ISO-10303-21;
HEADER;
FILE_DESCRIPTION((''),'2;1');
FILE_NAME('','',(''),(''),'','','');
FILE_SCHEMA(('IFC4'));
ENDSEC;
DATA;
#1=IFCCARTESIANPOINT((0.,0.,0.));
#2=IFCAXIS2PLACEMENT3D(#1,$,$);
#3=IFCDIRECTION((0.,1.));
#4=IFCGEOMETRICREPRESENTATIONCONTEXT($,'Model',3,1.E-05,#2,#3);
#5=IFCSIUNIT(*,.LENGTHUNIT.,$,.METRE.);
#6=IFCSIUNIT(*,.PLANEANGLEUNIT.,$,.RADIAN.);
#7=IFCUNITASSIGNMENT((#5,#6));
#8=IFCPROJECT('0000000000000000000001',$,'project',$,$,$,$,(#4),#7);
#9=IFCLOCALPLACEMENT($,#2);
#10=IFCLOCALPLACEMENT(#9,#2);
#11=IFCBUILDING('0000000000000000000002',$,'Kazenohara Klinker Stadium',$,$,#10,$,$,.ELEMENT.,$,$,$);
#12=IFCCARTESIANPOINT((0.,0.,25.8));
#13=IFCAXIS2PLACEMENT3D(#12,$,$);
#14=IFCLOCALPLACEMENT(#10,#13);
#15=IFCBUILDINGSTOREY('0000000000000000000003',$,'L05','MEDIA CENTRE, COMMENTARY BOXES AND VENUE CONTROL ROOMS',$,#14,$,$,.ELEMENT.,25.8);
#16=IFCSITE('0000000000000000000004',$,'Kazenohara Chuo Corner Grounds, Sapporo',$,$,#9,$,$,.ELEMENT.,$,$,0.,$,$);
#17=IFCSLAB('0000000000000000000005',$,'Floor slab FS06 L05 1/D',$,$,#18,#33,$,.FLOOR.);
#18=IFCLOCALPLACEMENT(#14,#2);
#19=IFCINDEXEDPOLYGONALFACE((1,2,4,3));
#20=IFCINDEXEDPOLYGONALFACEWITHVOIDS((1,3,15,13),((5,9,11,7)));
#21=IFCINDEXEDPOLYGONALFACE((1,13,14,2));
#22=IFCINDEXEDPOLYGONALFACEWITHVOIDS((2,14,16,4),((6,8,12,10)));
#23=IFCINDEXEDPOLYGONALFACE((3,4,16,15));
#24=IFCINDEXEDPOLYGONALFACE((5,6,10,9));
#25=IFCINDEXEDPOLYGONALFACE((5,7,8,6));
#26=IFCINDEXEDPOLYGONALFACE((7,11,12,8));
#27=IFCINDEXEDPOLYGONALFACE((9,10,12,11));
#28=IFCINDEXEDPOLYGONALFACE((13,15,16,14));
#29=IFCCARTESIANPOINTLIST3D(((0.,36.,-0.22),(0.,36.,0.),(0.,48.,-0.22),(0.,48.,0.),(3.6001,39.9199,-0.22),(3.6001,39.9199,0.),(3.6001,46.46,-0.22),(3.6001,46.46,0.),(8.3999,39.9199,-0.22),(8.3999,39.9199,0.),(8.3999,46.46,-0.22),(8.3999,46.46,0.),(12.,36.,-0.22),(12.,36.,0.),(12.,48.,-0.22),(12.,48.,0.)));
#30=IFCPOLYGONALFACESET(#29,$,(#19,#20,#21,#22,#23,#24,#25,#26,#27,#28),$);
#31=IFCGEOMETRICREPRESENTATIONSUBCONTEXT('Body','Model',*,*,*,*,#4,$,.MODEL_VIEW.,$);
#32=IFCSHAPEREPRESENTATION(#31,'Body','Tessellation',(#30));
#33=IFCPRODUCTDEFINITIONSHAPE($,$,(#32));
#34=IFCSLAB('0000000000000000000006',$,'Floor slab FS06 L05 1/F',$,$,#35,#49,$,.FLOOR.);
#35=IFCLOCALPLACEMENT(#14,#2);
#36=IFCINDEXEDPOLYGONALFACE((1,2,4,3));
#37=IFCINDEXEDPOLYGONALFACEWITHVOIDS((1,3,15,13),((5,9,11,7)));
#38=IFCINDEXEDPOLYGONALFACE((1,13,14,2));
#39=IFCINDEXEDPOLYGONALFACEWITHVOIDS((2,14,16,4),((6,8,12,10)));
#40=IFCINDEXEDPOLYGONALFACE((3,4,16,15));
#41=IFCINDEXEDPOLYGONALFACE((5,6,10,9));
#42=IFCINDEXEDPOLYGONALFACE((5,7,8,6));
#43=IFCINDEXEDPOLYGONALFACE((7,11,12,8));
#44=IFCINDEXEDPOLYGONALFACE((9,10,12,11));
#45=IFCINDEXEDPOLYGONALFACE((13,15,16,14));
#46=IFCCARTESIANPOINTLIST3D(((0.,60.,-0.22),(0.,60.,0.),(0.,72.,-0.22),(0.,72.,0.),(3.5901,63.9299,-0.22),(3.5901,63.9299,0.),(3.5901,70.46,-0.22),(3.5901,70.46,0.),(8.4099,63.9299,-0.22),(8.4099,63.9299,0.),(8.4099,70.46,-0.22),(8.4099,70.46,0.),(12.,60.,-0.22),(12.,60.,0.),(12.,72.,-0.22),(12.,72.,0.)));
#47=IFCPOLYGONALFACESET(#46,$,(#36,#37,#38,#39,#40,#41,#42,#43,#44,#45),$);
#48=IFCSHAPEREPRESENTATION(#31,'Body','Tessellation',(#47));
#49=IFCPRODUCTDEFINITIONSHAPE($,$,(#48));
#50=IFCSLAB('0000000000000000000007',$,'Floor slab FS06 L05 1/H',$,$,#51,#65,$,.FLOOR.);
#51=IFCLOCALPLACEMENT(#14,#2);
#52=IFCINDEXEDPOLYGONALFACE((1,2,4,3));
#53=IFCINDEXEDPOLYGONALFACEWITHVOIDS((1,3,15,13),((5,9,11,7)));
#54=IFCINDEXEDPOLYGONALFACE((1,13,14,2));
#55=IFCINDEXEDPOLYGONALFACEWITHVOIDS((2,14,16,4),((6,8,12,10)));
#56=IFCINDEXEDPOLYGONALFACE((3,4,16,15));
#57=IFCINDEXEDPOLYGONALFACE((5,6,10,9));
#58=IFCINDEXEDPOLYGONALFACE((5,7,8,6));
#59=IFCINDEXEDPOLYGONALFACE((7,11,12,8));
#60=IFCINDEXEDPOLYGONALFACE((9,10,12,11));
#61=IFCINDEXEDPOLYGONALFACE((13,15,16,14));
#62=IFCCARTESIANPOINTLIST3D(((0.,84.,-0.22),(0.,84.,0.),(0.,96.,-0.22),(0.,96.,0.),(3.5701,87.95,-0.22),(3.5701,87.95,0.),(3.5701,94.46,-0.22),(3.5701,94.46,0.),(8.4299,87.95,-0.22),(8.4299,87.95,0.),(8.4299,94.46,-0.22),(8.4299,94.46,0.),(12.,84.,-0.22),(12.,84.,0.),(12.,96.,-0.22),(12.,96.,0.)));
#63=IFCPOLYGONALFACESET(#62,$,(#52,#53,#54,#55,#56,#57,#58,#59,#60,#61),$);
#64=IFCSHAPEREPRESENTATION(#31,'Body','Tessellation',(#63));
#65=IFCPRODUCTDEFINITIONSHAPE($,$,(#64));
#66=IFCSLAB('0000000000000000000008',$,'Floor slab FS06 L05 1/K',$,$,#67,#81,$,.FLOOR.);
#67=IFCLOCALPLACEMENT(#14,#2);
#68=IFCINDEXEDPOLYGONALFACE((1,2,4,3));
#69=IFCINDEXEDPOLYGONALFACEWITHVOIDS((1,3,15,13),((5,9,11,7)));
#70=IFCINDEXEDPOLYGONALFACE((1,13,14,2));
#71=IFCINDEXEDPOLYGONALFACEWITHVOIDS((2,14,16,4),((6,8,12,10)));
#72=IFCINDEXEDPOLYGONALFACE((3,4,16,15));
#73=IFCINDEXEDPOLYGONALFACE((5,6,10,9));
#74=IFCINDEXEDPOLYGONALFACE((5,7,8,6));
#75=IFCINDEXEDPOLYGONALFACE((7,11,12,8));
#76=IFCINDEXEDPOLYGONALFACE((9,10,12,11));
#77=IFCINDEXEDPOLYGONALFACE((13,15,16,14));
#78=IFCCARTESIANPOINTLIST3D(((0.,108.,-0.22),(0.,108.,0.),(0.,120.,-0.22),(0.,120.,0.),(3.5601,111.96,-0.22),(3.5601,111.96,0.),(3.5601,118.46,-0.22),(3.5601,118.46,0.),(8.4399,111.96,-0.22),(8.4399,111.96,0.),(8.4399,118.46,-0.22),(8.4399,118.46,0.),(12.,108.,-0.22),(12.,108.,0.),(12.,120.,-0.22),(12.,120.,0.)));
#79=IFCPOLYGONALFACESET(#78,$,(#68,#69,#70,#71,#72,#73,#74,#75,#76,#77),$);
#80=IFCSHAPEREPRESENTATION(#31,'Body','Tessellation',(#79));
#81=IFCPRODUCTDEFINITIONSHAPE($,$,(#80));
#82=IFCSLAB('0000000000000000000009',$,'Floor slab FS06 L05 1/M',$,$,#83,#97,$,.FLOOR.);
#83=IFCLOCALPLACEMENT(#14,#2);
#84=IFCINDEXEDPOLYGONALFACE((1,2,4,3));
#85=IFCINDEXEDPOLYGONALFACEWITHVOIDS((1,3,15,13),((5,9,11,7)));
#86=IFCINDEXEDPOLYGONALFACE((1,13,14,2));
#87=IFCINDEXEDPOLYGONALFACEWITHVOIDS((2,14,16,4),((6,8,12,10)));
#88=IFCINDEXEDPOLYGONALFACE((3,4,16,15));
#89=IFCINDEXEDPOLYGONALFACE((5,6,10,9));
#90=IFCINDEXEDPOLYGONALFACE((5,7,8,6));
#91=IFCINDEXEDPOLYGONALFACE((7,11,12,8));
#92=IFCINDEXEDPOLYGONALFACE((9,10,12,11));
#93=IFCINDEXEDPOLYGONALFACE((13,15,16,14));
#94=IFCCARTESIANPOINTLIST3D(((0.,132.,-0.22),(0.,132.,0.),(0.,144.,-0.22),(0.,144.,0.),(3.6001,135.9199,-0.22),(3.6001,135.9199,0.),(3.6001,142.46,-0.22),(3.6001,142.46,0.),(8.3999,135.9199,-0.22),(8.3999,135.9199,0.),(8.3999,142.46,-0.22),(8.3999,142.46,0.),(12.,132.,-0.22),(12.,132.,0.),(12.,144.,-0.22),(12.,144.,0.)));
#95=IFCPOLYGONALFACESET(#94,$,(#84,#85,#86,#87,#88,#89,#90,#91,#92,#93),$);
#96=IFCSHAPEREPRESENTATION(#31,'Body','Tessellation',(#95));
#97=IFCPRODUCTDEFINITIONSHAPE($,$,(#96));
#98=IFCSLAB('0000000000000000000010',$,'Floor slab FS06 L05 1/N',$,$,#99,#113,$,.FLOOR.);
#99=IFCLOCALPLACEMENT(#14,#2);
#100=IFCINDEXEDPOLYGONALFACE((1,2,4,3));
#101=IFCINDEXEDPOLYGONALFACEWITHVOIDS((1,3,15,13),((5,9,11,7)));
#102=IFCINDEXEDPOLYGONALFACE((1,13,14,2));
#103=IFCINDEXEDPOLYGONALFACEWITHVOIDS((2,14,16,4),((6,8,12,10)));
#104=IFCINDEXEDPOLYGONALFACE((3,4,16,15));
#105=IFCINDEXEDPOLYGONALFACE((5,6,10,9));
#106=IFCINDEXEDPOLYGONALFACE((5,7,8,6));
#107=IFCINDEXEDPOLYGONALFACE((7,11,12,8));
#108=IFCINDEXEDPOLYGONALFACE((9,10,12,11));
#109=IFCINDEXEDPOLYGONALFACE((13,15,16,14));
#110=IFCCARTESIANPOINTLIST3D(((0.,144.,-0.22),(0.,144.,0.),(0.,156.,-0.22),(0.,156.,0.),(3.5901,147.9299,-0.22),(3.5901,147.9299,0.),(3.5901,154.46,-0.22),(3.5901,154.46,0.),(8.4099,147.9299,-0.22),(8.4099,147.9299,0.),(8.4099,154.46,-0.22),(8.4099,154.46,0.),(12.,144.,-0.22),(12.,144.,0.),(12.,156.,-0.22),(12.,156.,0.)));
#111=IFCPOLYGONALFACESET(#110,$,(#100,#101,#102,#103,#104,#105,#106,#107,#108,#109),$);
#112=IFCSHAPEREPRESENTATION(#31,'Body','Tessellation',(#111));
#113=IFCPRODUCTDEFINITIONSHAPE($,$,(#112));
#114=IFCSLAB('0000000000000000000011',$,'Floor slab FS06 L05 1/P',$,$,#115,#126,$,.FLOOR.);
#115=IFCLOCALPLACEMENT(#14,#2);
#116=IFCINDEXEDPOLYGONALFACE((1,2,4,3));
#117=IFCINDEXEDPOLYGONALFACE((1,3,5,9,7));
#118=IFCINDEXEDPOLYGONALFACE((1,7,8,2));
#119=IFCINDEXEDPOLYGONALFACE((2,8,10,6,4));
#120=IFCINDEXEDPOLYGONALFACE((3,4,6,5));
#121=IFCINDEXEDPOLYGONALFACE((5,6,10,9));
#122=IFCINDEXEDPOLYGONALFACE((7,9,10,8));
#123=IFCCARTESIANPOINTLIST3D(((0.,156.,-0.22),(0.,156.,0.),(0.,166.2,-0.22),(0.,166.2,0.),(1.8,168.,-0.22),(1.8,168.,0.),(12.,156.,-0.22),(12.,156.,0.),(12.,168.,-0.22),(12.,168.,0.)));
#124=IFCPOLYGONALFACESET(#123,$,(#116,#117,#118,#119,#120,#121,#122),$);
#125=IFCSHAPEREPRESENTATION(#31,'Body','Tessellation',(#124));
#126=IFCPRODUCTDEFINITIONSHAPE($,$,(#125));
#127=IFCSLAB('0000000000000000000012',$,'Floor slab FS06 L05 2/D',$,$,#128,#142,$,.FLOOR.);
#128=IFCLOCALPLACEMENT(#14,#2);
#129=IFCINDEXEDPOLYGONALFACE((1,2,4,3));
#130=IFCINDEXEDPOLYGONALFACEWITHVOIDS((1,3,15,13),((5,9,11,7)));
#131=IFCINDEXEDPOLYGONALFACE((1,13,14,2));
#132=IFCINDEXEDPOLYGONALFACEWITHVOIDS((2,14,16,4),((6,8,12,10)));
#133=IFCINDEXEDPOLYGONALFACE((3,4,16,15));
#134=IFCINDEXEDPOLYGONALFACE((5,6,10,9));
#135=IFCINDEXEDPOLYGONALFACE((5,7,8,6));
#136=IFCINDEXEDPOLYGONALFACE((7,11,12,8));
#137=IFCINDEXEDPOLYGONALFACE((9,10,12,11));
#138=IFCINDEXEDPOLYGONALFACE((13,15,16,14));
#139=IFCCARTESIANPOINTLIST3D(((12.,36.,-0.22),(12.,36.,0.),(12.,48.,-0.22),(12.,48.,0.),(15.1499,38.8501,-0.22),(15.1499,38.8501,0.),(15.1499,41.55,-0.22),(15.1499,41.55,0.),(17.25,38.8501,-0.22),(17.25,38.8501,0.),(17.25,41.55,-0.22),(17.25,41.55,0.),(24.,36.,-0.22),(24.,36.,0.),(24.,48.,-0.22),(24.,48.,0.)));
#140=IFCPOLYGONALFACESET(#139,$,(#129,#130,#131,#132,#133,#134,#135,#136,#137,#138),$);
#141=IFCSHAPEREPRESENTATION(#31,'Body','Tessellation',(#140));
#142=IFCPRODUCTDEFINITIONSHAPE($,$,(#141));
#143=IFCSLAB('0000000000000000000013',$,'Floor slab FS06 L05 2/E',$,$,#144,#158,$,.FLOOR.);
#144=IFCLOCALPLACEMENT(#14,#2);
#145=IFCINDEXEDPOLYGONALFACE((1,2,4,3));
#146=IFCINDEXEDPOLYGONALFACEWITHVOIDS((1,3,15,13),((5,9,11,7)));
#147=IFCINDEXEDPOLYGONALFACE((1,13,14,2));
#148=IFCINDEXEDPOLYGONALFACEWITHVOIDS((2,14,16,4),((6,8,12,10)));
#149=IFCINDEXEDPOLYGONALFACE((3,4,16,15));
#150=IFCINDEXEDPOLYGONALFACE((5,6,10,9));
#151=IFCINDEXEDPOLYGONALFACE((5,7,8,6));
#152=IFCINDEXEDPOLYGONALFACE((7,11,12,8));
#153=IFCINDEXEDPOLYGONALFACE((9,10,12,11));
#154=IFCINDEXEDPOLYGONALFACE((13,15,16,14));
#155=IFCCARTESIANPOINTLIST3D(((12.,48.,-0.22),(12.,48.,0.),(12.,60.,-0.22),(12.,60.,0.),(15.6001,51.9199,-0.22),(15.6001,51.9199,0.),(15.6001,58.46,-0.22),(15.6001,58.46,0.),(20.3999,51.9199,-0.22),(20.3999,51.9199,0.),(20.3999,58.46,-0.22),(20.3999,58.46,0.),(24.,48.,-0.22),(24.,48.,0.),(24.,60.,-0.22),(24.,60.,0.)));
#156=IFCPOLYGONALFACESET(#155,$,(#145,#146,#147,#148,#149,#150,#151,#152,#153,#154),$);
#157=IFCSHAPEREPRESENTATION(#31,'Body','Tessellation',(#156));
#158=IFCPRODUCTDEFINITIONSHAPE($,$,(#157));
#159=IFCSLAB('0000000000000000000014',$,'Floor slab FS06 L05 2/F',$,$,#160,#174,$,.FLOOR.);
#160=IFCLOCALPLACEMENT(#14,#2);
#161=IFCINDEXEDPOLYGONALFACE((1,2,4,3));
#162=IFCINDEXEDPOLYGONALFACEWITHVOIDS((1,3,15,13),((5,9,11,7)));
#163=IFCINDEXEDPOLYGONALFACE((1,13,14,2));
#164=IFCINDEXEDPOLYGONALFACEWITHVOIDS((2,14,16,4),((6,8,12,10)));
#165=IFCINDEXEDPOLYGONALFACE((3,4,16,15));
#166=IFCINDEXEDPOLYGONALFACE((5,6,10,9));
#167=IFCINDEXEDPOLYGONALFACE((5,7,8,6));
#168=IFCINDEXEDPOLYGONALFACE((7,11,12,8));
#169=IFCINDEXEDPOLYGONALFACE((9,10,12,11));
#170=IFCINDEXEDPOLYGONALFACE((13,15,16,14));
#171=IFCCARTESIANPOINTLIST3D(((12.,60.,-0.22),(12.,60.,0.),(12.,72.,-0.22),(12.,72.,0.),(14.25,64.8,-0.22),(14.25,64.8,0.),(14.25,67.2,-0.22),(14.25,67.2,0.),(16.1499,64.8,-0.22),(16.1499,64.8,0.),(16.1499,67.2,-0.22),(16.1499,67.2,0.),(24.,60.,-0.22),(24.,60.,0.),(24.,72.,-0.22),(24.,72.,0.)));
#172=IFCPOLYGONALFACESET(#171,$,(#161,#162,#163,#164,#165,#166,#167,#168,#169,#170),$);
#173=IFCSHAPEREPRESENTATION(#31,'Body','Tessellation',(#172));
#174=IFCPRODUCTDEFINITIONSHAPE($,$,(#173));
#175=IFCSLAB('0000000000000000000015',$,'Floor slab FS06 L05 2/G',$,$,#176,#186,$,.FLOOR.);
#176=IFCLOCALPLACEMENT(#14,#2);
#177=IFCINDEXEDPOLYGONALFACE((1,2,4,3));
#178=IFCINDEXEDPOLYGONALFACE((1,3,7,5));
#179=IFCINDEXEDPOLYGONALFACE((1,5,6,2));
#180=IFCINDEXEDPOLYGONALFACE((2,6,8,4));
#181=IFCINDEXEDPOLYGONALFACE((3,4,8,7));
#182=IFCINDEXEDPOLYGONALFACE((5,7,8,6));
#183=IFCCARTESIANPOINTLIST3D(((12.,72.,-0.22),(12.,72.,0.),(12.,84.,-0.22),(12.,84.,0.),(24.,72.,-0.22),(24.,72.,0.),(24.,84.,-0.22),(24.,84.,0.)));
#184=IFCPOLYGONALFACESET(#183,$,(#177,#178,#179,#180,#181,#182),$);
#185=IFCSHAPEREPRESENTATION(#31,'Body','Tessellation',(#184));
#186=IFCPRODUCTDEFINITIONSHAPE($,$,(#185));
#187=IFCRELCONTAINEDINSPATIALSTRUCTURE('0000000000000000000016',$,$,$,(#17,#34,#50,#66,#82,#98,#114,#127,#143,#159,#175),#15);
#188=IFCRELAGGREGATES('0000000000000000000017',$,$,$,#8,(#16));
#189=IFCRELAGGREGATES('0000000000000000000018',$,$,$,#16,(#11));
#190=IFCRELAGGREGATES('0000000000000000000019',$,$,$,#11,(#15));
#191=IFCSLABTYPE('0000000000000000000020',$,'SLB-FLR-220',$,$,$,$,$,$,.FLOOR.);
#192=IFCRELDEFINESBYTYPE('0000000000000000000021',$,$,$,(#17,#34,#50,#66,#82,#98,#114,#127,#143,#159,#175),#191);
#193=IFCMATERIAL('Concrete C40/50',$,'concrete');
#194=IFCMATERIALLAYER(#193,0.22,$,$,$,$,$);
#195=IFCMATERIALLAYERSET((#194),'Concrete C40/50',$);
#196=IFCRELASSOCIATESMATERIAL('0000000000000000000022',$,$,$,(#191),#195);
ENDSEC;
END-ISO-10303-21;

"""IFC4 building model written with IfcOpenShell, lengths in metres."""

from ifc_helpers import new_model, si_unit, direction, frame, origin, place, context, subcontext, project, spatial, polyline, outline, extrude, material, layer, layer_set, type_object, element, save


model = new_model("IFC4")

# Units and contexts
model_context = context("Model", 3, precision=1e-05, world=origin(), true_north=direction((0.0, 1.0)))
body_context = subcontext(model_context, "Body", "Model", "MODEL_VIEW")
ifc_project = project(units=[si_unit("LENGTHUNIT", "METRE"), si_unit("PLANEANGLEUNIT", "RADIAN")], contexts=[model_context])

# Site, building, storey
site_placement = place(None, origin())
site = spatial("IfcSite", under=ifc_project, at=site_placement, Name="Kazenohara Chuo Corner Grounds, Sapporo", CompositionType="ELEMENT", RefElevation=0.0)
building_placement = place(site_placement, origin())
building = spatial("IfcBuilding", under=site, at=building_placement, Name="Kazenohara Klinker Stadium", CompositionType="ELEMENT")
storey_placement = place(building_placement, frame((0.0, 0.0, 25.8)))
storey = spatial("IfcBuildingStorey", under=building, at=storey_placement, Name="L05", Description="MEDIA CENTRE, COMMENTARY BOXES AND VENUE CONTROL ROOMS", CompositionType="ELEMENT", Elevation=25.8)

# Slabs
ifc_material = material(Name="Concrete C40/50", Category="concrete")
ifc_layer = layer(ifc_material, 0.22)
ifc_layer_set = layer_set([ifc_layer], Name="Concrete C40/50")
slab_type = type_object("IfcSlabType", Name="SLB-FLR-220", PredefinedType="FLOOR", material=ifc_layer_set)
slab_1_placement = place(storey_placement, frame((0.0, 0.0, -0.22)))
element("IfcSlab", 1, at=slab_1_placement, inside=storey, type_object=slab_type, Name="Floor slab FS06 L05 1/D", PredefinedType="FLOOR", context=body_context, shape_type="SweptSolid", body=[
    extrude(outline(polyline([(0.0, 36.0), (12.0, 36.0), (12.0, 48.0), (0.0, 48.0), (0.0, 36.0)]), holes=[polyline([(8.3999, 39.9199), (8.3999, 46.46), (3.6001, 46.46), (3.6001, 39.9199), (8.3999, 39.9199)])]), origin(), (0.0, 0.0, 1.0), 0.22),
])
slab_2_placement = place(storey_placement, frame((0.0, 0.0, -0.22)))
element("IfcSlab", 2, at=slab_2_placement, inside=storey, type_object=slab_type, Name="Floor slab FS06 L05 1/F", PredefinedType="FLOOR", context=body_context, shape_type="SweptSolid", body=[
    extrude(outline(polyline([(0.0, 60.0), (12.0, 60.0), (12.0, 72.0), (0.0, 72.0), (0.0, 60.0)]), holes=[polyline([(8.4099, 63.9299), (8.4099, 70.46), (3.5901, 70.46), (3.5901, 63.9299), (8.4099, 63.9299)])]), origin(), (0.0, 0.0, 1.0), 0.22),
])
slab_3_placement = place(storey_placement, frame((0.0, 0.0, -0.22)))
element("IfcSlab", 3, at=slab_3_placement, inside=storey, type_object=slab_type, Name="Floor slab FS06 L05 1/H", PredefinedType="FLOOR", context=body_context, shape_type="SweptSolid", body=[
    extrude(outline(polyline([(0.0, 84.0), (12.0, 84.0), (12.0, 96.0), (0.0, 96.0), (0.0, 84.0)]), holes=[polyline([(8.4299, 87.95), (8.4299, 94.46), (3.5701, 94.46), (3.5701, 87.95), (8.4299, 87.95)])]), origin(), (0.0, 0.0, 1.0), 0.22),
])
slab_4_placement = place(storey_placement, frame((0.0, 0.0, -0.22)))
element("IfcSlab", 4, at=slab_4_placement, inside=storey, type_object=slab_type, Name="Floor slab FS06 L05 1/K", PredefinedType="FLOOR", context=body_context, shape_type="SweptSolid", body=[
    extrude(outline(polyline([(0.0, 108.0), (12.0, 108.0), (12.0, 120.0), (0.0, 120.0), (0.0, 108.0)]), holes=[polyline([(8.4399, 111.96), (8.4399, 118.46), (3.5601, 118.46), (3.5601, 111.96), (8.4399, 111.96)])]), origin(), (0.0, 0.0, 1.0), 0.22),
])
slab_5_placement = place(storey_placement, frame((0.0, 0.0, -0.22)))
element("IfcSlab", 5, at=slab_5_placement, inside=storey, type_object=slab_type, Name="Floor slab FS06 L05 1/M", PredefinedType="FLOOR", context=body_context, shape_type="SweptSolid", body=[
    extrude(outline(polyline([(0.0, 132.0), (12.0, 132.0), (12.0, 144.0), (0.0, 144.0), (0.0, 132.0)]), holes=[polyline([(8.3999, 135.9199), (8.3999, 142.46), (3.6001, 142.46), (3.6001, 135.9199), (8.3999, 135.9199)])]), origin(), (0.0, 0.0, 1.0), 0.22),
])
slab_6_placement = place(storey_placement, frame((0.0, 0.0, -0.22)))
element("IfcSlab", 6, at=slab_6_placement, inside=storey, type_object=slab_type, Name="Floor slab FS06 L05 1/N", PredefinedType="FLOOR", context=body_context, shape_type="SweptSolid", body=[
    extrude(outline(polyline([(0.0, 144.0), (12.0, 144.0), (12.0, 156.0), (0.0, 156.0), (0.0, 144.0)]), holes=[polyline([(8.4099, 147.9299), (8.4099, 154.46), (3.5901, 154.46), (3.5901, 147.9299), (8.4099, 147.9299)])]), origin(), (0.0, 0.0, 1.0), 0.22),
])
slab_7_placement = place(storey_placement, frame((0.0, 0.0, -0.22)))
element("IfcSlab", 7, at=slab_7_placement, inside=storey, type_object=slab_type, Name="Floor slab FS06 L05 1/P", PredefinedType="FLOOR", context=body_context, shape_type="SweptSolid", body=[
    extrude(outline(polyline([(0.0, 156.0), (12.0, 156.0), (12.0, 168.0), (1.8, 168.0), (0.0, 166.2), (0.0, 156.0)])), origin(), (0.0, 0.0, 1.0), 0.22),
])
slab_8_placement = place(storey_placement, frame((0.0, 0.0, -0.22)))
element("IfcSlab", 8, at=slab_8_placement, inside=storey, type_object=slab_type, Name="Floor slab FS06 L05 2/D", PredefinedType="FLOOR", context=body_context, shape_type="SweptSolid", body=[
    extrude(outline(polyline([(12.0, 36.0), (24.0, 36.0), (24.0, 48.0), (12.0, 48.0), (12.0, 36.0)]), holes=[polyline([(15.1499, 38.8501), (17.25, 38.8501), (17.25, 41.55), (15.1499, 41.55), (15.1499, 38.8501)])]), origin(), (0.0, 0.0, 1.0), 0.22),
])
slab_9_placement = place(storey_placement, frame((0.0, 0.0, -0.22)))
element("IfcSlab", 9, at=slab_9_placement, inside=storey, type_object=slab_type, Name="Floor slab FS06 L05 2/E", PredefinedType="FLOOR", context=body_context, shape_type="SweptSolid", body=[
    extrude(outline(polyline([(12.0, 48.0), (24.0, 48.0), (24.0, 60.0), (12.0, 60.0), (12.0, 48.0)]), holes=[polyline([(20.3999, 51.9199), (20.3999, 58.46), (15.6001, 58.46), (15.6001, 51.9199), (20.3999, 51.9199)])]), origin(), (0.0, 0.0, 1.0), 0.22),
])
slab_10_placement = place(storey_placement, frame((0.0, 0.0, -0.22)))
element("IfcSlab", 10, at=slab_10_placement, inside=storey, type_object=slab_type, Name="Floor slab FS06 L05 2/F", PredefinedType="FLOOR", context=body_context, shape_type="SweptSolid", body=[
    extrude(outline(polyline([(12.0, 60.0), (24.0, 60.0), (24.0, 72.0), (12.0, 72.0), (12.0, 60.0)]), holes=[polyline([(14.25, 64.8), (16.1499, 64.8), (16.1499, 67.2), (14.25, 67.2), (14.25, 64.8)])]), origin(), (0.0, 0.0, 1.0), 0.22),
])
slab_11_placement = place(storey_placement, frame((0.0, 0.0, -0.22)))
element("IfcSlab", 11, at=slab_11_placement, inside=storey, type_object=slab_type, Name="Floor slab FS06 L05 2/G", PredefinedType="FLOOR", context=body_context, shape_type="SweptSolid", body=[
    extrude(outline(polyline([(12.0, 72.0), (24.0, 72.0), (24.0, 84.0), (12.0, 84.0), (12.0, 72.0)])), origin(), (0.0, 0.0, 1.0), 0.22),
])

save(model, "model.ifc")
